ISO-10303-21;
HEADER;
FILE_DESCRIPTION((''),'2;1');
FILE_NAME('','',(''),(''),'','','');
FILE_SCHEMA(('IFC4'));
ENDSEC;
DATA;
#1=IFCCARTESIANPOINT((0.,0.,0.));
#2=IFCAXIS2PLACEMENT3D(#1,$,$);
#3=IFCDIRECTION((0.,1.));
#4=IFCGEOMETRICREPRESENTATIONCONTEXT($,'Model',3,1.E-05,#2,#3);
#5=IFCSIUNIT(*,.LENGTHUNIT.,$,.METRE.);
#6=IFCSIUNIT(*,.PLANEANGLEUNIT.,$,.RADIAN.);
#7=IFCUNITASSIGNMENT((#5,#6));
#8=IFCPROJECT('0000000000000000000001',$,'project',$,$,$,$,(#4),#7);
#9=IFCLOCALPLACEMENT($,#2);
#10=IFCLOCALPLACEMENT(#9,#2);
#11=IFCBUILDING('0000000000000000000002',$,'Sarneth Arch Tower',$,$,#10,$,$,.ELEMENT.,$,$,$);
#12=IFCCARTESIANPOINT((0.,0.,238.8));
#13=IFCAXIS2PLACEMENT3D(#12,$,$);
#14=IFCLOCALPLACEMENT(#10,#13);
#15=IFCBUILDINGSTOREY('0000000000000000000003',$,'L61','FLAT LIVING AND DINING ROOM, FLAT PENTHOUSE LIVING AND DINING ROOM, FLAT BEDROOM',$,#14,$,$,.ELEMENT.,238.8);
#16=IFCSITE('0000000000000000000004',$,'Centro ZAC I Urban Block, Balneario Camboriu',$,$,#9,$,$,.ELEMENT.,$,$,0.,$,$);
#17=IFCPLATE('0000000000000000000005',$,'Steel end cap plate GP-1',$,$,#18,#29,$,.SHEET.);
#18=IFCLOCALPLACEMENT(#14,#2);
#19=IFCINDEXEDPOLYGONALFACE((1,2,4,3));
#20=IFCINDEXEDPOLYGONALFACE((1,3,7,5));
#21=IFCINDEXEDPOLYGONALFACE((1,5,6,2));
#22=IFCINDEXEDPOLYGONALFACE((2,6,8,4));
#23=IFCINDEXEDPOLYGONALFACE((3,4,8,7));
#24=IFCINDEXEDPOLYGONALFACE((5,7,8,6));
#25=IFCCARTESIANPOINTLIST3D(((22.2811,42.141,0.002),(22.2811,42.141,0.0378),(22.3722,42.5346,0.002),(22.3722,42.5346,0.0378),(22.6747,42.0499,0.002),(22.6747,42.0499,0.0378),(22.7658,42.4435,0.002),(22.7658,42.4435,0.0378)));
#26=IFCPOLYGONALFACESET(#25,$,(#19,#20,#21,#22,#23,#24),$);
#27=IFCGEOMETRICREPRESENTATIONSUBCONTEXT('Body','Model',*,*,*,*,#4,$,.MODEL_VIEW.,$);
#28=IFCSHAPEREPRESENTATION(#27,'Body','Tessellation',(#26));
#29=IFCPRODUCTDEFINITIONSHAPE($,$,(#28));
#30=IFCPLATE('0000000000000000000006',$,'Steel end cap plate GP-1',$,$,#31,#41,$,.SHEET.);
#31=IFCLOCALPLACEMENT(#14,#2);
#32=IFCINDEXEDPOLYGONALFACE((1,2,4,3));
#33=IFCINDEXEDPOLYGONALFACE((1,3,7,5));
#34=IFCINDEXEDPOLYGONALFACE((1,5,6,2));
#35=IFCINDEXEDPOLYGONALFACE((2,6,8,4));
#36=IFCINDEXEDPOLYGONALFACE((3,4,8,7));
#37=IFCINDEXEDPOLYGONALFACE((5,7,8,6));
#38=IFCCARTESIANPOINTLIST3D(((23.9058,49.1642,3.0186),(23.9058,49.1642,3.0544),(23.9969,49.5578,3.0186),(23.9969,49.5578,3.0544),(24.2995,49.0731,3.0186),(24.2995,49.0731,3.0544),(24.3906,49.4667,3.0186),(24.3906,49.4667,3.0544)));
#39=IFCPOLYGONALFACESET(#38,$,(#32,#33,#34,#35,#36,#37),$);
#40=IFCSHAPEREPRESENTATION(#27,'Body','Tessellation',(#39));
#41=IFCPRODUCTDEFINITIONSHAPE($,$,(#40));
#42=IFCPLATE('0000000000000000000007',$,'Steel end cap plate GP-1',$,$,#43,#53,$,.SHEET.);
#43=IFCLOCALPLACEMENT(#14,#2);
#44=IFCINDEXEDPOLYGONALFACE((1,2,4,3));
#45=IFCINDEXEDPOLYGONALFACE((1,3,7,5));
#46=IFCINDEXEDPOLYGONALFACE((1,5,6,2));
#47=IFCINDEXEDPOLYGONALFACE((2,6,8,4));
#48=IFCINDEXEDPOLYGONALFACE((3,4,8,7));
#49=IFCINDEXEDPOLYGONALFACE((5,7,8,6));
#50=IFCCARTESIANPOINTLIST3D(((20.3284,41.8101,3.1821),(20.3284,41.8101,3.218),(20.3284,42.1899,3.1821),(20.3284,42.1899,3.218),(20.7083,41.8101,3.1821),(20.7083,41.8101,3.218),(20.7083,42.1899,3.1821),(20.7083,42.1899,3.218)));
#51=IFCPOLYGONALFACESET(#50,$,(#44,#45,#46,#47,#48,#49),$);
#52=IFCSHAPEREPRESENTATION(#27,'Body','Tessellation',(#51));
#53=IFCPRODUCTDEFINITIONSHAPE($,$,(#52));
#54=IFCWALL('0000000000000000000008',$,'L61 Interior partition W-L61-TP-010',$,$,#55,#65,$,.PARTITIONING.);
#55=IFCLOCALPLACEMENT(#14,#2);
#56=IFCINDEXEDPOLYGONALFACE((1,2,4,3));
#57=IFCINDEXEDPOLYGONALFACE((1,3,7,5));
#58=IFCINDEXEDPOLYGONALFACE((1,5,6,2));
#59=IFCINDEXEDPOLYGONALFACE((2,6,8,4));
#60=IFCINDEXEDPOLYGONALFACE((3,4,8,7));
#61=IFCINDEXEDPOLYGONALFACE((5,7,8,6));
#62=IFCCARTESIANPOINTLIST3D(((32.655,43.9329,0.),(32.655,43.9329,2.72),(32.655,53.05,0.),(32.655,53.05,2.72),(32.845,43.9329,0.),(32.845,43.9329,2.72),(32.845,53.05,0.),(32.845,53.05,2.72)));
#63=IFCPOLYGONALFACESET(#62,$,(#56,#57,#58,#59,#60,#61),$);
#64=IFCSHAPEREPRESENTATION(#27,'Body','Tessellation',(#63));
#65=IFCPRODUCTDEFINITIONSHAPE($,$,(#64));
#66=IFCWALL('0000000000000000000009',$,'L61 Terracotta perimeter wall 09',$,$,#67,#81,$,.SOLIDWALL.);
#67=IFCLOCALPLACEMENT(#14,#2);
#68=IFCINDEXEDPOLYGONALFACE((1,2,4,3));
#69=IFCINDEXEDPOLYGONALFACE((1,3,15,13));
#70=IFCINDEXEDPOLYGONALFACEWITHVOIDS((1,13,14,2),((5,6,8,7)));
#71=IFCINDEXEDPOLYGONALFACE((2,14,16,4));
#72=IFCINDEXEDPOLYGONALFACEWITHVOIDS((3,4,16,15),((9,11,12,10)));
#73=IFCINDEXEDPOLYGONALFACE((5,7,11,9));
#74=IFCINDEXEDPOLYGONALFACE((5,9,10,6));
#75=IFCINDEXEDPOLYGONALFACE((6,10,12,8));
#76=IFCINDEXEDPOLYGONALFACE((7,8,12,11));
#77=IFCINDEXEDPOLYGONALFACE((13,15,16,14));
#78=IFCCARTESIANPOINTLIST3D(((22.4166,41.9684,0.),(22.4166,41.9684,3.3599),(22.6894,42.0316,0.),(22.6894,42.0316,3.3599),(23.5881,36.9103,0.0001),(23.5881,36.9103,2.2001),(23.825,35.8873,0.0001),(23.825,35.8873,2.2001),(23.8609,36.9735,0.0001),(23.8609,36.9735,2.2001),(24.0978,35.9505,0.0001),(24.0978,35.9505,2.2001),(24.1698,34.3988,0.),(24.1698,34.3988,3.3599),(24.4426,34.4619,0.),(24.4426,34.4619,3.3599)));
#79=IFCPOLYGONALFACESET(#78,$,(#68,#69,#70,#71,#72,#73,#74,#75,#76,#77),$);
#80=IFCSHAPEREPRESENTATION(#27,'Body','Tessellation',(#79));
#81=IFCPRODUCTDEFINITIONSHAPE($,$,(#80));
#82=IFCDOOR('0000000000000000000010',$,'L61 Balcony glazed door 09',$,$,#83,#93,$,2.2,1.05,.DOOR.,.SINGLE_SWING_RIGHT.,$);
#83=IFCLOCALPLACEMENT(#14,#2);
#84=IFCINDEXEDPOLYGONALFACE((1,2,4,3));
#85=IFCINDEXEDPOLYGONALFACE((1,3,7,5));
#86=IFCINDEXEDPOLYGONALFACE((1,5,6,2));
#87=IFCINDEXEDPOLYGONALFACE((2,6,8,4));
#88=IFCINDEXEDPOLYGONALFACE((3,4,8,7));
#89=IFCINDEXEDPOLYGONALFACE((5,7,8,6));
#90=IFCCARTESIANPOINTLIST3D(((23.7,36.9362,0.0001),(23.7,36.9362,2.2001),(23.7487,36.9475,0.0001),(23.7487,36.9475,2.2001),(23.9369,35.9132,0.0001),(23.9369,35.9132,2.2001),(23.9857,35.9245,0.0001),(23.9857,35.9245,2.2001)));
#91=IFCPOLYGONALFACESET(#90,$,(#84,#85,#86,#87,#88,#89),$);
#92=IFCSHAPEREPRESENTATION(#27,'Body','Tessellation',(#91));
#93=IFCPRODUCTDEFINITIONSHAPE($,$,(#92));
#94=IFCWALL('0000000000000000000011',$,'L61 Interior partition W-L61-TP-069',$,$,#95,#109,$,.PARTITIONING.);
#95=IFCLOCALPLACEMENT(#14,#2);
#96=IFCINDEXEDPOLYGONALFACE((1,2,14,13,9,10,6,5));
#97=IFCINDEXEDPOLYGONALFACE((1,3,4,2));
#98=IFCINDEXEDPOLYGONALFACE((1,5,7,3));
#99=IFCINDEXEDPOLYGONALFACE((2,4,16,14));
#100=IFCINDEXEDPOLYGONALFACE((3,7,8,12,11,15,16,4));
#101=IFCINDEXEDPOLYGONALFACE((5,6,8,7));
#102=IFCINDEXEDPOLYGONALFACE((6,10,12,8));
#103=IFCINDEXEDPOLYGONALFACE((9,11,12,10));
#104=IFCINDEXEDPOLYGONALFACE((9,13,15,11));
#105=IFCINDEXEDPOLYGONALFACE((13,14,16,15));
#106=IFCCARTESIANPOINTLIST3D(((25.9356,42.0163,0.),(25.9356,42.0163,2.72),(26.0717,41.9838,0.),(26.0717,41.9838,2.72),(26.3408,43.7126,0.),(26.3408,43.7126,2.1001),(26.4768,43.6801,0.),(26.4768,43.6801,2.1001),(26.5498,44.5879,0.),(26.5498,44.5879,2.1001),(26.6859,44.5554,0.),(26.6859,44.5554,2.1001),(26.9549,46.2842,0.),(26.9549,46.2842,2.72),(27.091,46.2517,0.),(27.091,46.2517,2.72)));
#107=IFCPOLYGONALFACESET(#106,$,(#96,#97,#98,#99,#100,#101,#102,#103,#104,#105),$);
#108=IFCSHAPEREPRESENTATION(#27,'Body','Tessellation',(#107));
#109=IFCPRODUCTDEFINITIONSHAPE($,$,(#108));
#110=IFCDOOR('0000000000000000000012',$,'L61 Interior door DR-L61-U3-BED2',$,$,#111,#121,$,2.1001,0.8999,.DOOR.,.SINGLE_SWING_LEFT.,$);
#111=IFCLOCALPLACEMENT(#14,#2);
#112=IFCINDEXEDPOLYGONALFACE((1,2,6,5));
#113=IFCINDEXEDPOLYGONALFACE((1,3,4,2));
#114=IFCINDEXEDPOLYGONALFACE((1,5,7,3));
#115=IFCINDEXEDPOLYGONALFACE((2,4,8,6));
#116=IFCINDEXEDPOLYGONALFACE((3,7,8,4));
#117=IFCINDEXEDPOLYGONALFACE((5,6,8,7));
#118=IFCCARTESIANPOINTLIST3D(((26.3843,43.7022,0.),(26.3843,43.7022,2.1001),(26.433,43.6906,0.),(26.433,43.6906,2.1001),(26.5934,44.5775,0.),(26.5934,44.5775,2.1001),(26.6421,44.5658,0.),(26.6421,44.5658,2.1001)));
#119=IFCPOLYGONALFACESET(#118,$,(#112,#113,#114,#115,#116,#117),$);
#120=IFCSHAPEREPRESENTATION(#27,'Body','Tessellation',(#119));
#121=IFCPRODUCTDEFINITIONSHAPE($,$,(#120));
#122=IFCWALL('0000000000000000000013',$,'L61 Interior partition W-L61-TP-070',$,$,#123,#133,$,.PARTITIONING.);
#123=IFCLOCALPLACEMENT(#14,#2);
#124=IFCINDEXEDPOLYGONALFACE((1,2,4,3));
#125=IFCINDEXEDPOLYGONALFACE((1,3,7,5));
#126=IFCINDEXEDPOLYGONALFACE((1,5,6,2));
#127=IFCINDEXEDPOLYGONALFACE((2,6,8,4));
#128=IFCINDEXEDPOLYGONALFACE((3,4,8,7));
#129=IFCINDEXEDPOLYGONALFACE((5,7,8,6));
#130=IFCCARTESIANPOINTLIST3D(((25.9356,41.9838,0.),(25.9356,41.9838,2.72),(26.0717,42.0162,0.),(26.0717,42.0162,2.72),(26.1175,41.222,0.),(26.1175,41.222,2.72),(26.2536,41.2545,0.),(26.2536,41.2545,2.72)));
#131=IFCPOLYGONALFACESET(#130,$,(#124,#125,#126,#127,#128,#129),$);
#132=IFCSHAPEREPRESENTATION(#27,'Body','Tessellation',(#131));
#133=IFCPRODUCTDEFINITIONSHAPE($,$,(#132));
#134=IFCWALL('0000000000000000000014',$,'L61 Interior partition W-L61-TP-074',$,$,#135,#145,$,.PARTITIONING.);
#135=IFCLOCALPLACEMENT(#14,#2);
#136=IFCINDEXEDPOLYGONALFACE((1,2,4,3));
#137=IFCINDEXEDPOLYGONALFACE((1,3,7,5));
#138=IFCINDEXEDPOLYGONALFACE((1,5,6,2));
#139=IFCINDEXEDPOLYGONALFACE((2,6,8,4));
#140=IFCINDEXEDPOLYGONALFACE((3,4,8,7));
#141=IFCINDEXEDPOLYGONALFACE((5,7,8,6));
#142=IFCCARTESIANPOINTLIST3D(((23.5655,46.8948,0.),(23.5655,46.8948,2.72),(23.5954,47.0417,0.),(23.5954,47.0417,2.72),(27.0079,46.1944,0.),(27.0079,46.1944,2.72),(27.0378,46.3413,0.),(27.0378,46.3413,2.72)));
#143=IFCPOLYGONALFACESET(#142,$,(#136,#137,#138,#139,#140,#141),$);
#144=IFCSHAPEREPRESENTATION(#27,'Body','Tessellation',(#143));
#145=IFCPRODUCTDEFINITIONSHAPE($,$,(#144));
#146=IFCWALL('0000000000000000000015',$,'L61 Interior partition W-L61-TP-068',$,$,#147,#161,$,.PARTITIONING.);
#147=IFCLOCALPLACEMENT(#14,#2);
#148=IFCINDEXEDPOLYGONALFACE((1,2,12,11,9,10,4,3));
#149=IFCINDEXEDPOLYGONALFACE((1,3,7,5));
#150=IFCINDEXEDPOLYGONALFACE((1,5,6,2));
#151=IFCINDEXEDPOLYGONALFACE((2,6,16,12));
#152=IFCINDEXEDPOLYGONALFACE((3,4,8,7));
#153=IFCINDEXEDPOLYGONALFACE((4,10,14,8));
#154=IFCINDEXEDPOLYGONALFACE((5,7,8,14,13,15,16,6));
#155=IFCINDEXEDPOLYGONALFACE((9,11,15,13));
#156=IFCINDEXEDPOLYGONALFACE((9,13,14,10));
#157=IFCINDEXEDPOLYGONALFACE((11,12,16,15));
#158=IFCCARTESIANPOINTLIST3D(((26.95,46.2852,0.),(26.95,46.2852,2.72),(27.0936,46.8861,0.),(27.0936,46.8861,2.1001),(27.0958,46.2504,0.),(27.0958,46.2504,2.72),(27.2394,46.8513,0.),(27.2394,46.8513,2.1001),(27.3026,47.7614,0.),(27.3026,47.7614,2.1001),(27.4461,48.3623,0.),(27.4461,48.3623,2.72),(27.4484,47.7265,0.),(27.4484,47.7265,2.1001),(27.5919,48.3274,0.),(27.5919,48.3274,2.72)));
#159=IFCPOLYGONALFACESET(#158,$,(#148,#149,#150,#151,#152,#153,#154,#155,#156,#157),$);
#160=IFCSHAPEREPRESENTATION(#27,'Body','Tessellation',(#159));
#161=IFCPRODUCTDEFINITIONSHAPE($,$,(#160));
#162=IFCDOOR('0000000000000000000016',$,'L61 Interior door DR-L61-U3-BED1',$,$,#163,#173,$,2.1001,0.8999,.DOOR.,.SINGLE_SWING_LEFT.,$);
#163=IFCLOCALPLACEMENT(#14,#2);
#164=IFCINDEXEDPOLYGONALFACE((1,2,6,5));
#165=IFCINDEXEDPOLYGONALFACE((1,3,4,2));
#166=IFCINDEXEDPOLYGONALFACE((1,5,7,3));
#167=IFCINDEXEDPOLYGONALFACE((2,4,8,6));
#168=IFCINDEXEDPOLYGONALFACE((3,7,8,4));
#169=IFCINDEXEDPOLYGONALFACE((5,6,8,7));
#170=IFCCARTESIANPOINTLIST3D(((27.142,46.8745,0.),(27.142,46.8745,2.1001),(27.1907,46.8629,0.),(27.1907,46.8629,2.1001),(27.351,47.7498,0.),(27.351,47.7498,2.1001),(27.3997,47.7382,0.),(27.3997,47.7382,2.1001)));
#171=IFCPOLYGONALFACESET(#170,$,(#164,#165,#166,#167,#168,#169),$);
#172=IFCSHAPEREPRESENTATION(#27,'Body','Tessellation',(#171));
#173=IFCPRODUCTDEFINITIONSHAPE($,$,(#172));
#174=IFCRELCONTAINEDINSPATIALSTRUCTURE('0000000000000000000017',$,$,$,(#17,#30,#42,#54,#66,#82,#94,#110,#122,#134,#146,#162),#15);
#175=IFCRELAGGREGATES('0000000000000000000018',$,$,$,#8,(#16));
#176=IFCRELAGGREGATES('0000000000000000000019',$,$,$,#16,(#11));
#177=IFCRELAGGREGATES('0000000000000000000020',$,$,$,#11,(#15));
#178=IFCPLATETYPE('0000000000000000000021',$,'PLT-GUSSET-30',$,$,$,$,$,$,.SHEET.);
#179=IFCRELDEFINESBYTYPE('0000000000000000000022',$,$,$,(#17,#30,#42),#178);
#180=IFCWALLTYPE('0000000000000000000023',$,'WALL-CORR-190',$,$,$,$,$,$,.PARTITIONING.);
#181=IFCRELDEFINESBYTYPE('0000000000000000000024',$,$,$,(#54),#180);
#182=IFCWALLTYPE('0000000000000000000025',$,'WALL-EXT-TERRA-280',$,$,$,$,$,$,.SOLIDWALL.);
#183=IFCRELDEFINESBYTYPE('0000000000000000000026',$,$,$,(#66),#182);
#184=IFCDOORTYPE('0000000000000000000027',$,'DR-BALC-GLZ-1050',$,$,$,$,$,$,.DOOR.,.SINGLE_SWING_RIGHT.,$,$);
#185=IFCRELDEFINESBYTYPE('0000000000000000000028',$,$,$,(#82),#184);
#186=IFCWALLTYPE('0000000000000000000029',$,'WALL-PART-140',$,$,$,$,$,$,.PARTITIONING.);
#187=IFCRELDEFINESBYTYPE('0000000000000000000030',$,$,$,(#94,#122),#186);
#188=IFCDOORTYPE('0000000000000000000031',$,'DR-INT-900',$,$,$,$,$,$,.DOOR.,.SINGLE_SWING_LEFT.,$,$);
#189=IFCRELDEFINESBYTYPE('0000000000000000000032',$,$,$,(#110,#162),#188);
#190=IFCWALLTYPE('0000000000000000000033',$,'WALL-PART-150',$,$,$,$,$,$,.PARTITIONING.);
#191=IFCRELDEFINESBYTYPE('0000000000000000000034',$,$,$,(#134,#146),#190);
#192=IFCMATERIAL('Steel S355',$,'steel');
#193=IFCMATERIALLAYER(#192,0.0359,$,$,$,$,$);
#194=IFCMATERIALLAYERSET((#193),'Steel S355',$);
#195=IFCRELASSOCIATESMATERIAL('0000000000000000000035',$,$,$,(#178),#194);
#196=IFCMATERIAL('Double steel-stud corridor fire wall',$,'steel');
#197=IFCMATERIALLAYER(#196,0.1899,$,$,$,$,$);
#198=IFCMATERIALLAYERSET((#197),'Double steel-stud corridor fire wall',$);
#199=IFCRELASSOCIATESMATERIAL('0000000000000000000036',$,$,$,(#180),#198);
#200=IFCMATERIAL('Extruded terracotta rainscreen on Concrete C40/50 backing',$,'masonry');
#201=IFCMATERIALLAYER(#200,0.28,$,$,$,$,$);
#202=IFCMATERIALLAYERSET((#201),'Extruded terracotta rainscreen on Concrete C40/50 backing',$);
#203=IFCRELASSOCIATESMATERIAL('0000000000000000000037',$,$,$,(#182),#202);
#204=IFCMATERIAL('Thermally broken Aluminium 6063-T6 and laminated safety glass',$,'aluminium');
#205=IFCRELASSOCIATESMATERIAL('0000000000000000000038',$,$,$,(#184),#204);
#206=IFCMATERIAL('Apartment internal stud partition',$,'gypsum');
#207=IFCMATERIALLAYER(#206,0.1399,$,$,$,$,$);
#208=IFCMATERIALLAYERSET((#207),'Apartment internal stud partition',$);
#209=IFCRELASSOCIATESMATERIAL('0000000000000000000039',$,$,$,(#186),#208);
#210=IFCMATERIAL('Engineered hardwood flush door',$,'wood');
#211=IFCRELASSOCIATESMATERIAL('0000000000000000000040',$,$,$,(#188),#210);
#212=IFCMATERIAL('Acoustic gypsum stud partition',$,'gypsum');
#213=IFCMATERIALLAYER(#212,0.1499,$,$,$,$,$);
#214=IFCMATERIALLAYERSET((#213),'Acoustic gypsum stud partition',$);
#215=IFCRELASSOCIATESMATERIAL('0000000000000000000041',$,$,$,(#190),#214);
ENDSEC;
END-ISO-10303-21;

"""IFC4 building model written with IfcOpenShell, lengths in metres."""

from ifc_helpers import new_model, si_unit, direction, frame, frame_2d, origin, origin_2d, place, context, subcontext, project, spatial, rectangle, extrude, material, layer, layer_set, type_object, element, fill, save


model = new_model("IFC4")

# Units and contexts
model_context = context("Model", 3, precision=1e-05, world=origin(), true_north=direction((0.0, 1.0)))
body_context = subcontext(model_context, "Body", "Model", "MODEL_VIEW")
ifc_project = project(units=[si_unit("LENGTHUNIT", "METRE"), si_unit("PLANEANGLEUNIT", "RADIAN")], contexts=[model_context])

# Site, building, storey
site_placement = place(None, origin())
site = spatial("IfcSite", under=ifc_project, at=site_placement, Name="Centro ZAC I Urban Block, Balneario Camboriu", CompositionType="ELEMENT", RefElevation=0.0)
building_placement = place(site_placement, origin())
building = spatial("IfcBuilding", under=site, at=building_placement, Name="Sarneth Arch Tower", CompositionType="ELEMENT")
storey_placement = place(building_placement, frame((0.0, 0.0, 238.8)))
storey = spatial("IfcBuildingStorey", under=building, at=storey_placement, Name="L61", Description="FLAT LIVING AND DINING ROOM, FLAT PENTHOUSE LIVING AND DINING ROOM, FLAT BEDROOM", CompositionType="ELEMENT", Elevation=238.8)

# Plates
ifc_material_1 = material(Name="Steel S355", Category="steel")
ifc_layer_1 = layer(ifc_material_1, 0.0359)
ifc_layer_set_1 = layer_set([ifc_layer_1], Name="Steel S355")
plate_type = type_object("IfcPlateType", Name="PLT-GUSSET-30", PredefinedType="SHEET", material=ifc_layer_set_1)
for number, where, z_axis, x_axis, name in (
    (1, (22.5234, 42.2922, 0.002), (0.0, 0.0, 1.0), (-0.225461, -0.974252, 0.0), "Steel end cap plate GP-1"),
    (2, (24.1482, 49.3154, 3.0186), (0.0, 0.0, 1.0), (-0.225461, -0.974252, 0.0), "Steel end cap plate GP-1"),
):
    element("IfcPlate", number, at=place(storey_placement, frame(where, z_axis=z_axis, x_axis=x_axis)), inside=storey, type_object=plate_type, Name=name, PredefinedType="SHEET", context=body_context, shape_type="SweptSolid", body=[
        extrude(rectangle(XDim=0.4041, YDim=0.4041, at=origin_2d()), origin(), (0.0, 0.0, 1.0), 0.0359),
    ])
plate_placement = place(storey_placement, frame((20.5183, 42.0, 3.1821), z_axis=(0.0, 0.0, 1.0), x_axis=(-1.0, 0.0, 0.0)))
element("IfcPlate", 3, at=plate_placement, inside=storey, type_object=plate_type, Name="Steel end cap plate GP-1", PredefinedType="SHEET", context=body_context, shape_type="SweptSolid", body=[
    extrude(rectangle(XDim=0.3799, YDim=0.3799, at=origin_2d()), origin(), (0.0, 0.0, 1.0), 0.0359),
])

# Wall
ifc_material_2 = material(Name="Double steel-stud corridor fire wall", Category="steel")
ifc_layer_2 = layer(ifc_material_2, 0.1899)
ifc_layer_set_2 = layer_set([ifc_layer_2], Name="Double steel-stud corridor fire wall")
wall_type_1 = type_object("IfcWallType", Name="WALL-CORR-190", PredefinedType="PARTITIONING", material=ifc_layer_set_2)
wall_1_placement = place(storey_placement, frame((32.75, 43.9329, 0.0), z_axis=(0.0, 0.0, 1.0), x_axis=(0.0, 1.0, 0.0)))
element("IfcWall", 4, at=wall_1_placement, inside=storey, type_object=wall_type_1, Name="L61 Interior partition W-L61-TP-010", PredefinedType="PARTITIONING", context=body_context, shape_type="SweptSolid", body=[
    extrude(rectangle(XDim=9.1172, YDim=0.1899, at=frame_2d((4.5586, 0.0))), origin(), (0.0, 0.0, 1.0), 2.72),
])

# Walls, openings, doors
ifc_material_3 = material(Name="Extruded terracotta rainscreen on Concrete C40/50 backing", Category="masonry")
ifc_layer_3 = layer(ifc_material_3, 0.28)
ifc_layer_set_3 = layer_set([ifc_layer_3], Name="Extruded terracotta rainscreen on Concrete C40/50 backing")
wall_type_2 = type_object("IfcWallType", Name="WALL-EXT-TERRA-280", PredefinedType="SOLIDWALL", material=ifc_layer_set_3)
wall_2_placement = place(storey_placement, frame((22.553, 42.0, 0.0), z_axis=(0.0, 0.0, 1.0), x_axis=(0.225635, -0.974212, 0.0)))
wall_2 = element("IfcWall", 5, at=wall_2_placement, inside=storey, type_object=wall_type_2, Name="L61 Terracotta perimeter wall 09", PredefinedType="SOLIDWALL", context=body_context, shape_type="SweptSolid", body=[
    extrude(rectangle(XDim=7.77, YDim=0.28, at=frame_2d((3.885, 0.0))), origin(), (0.0, 0.0, 1.0), 3.3599),
])
opening_1_placement = place(wall_2_placement, frame((5.1921, 0.0, 0.0)))
opening_1 = element("IfcOpeningElement", 6, at=opening_1_placement, cuts=wall_2, PredefinedType="OPENING", context=body_context, shape_type="SweptSolid", body=[
    extrude(rectangle(XDim=1.05, YDim=2.2, at=frame_2d((0.5249, 1.1001))), frame((0.0, 0.1499, 0.0), z_axis=(0.0, -1.0, 0.0), x_axis=(1.0, 0.0, 0.0)), (0.0, 0.0, 1.0), 0.3),
])
ifc_material_4 = material(Name="Thermally broken Aluminium 6063-T6 and laminated safety glass", Category="aluminium")
door_type_1 = type_object("IfcDoorType", Name="DR-BALC-GLZ-1050", OperationType="SINGLE_SWING_RIGHT", PredefinedType="DOOR", material=ifc_material_4)
door_1_placement = place(opening_1_placement, origin())
door_1 = element("IfcDoor", 7, at=door_1_placement, inside=storey, type_object=door_type_1, Name="L61 Balcony glazed door 09", OperationType="SINGLE_SWING_RIGHT", OverallHeight=2.2, OverallWidth=1.05, PredefinedType="DOOR", context=body_context, shape_type="SweptSolid", body=[
    extrude(rectangle(XDim=1.05, YDim=2.2, at=frame_2d((0.5249, 1.1001))), frame((0.0, 0.0249, 0.0), z_axis=(0.0, -1.0, 0.0), x_axis=(1.0, 0.0, 0.0)), (0.0, 0.0, 1.0), 0.05),
])
fill(opening_1, door_1)
ifc_material_5 = material(Name="Apartment internal stud partition", Category="gypsum")
ifc_layer_4 = layer(ifc_material_5, 0.1399)
ifc_layer_set_4 = layer_set([ifc_layer_4], Name="Apartment internal stud partition")
wall_type_3 = type_object("IfcWallType", Name="WALL-PART-140", PredefinedType="PARTITIONING", material=ifc_layer_set_4)
wall_3_placement = place(storey_placement, frame((27.0229, 46.2678, 0.0), z_axis=(0.0, 0.0, 1.0), x_axis=(-0.232297, -0.972645, 0.0)))
wall_3 = element("IfcWall", 8, at=wall_3_placement, inside=storey, type_object=wall_type_3, Name="L61 Interior partition W-L61-TP-069", PredefinedType="PARTITIONING", context=body_context, shape_type="SweptSolid", body=[
    extrude(rectangle(XDim=4.3879, YDim=0.1399, at=frame_2d((2.1938, 0.0))), origin(), (0.0, 0.0, 1.0), 2.72),
])
opening_2_placement = place(wall_3_placement, frame((1.7439, 0.0, 0.0)))
opening_2 = element("IfcOpeningElement", 9, at=opening_2_placement, cuts=wall_3, PredefinedType="OPENING", context=body_context, shape_type="SweptSolid", body=[
    extrude(rectangle(XDim=0.8999, YDim=2.1001, at=frame_2d((0.45, 1.05))), frame((0.0, 0.0798, 0.0), z_axis=(0.0, -1.0, 0.0), x_axis=(1.0, 0.0, 0.0)), (0.0, 0.0, 1.0), 0.1599),
])
ifc_material_6 = material(Name="Engineered hardwood flush door", Category="wood")
door_type_2 = type_object("IfcDoorType", Name="DR-INT-900", OperationType="SINGLE_SWING_LEFT", PredefinedType="DOOR", material=ifc_material_6)
door_2_placement = place(opening_2_placement, origin())
door_2 = element("IfcDoor", 10, at=door_2_placement, inside=storey, type_object=door_type_2, Name="L61 Interior door DR-L61-U3-BED2", OperationType="SINGLE_SWING_LEFT", OverallHeight=2.1001, OverallWidth=0.8999, PredefinedType="DOOR", context=body_context, shape_type="SweptSolid", body=[
    extrude(rectangle(XDim=0.8999, YDim=2.1001, at=frame_2d((0.45, 1.05))), frame((0.0, 0.0249, 0.0), z_axis=(0.0, -1.0, 0.0), x_axis=(1.0, 0.0, 0.0)), (0.0, 0.0, 1.0), 0.05),
])
fill(opening_2, door_2)

# Walls
wall_4_placement = place(storey_placement, frame((26.0037, 42.0, 0.0), z_axis=(0.0, 0.0, 1.0), x_axis=(0.232253, -0.972655, 0.0)))
element("IfcWall", 11, at=wall_4_placement, inside=storey, type_object=wall_type_3, Name="L61 Interior partition W-L61-TP-070", PredefinedType="PARTITIONING", context=body_context, shape_type="SweptSolid", body=[
    extrude(rectangle(XDim=0.7832, YDim=0.1399, at=frame_2d((0.3916, 0.0))), origin(), (0.0, 0.0, 1.0), 2.72),
])
ifc_material_7 = material(Name="Acoustic gypsum stud partition", Category="gypsum")
ifc_layer_5 = layer(ifc_material_7, 0.1499)
ifc_layer_set_5 = layer_set([ifc_layer_5], Name="Acoustic gypsum stud partition")
wall_type_4 = type_object("IfcWallType", Name="WALL-PART-150", PredefinedType="PARTITIONING", material=ifc_layer_set_5)
wall_5_placement = place(storey_placement, frame((23.5806, 46.9683, 0.0), z_axis=(0.0, 0.0, 1.0), x_axis=(0.97992, -0.199389, 0.0)))
element("IfcWall", 12, at=wall_5_placement, inside=storey, type_object=wall_type_4, Name="L61 Interior partition W-L61-TP-074", PredefinedType="PARTITIONING", context=body_context, shape_type="SweptSolid", body=[
    extrude(rectangle(XDim=3.5129, YDim=0.1499, at=frame_2d((1.7563, 0.0))), origin(), (0.0, 0.0, 1.0), 2.72),
])

# Wall, opening, door
wall_6_placement = place(storey_placement, frame((27.519, 48.345, 0.0), z_axis=(0.0, 0.0, 1.0), x_axis=(-0.232301, -0.972644, 0.0)))
wall_6 = element("IfcWall", 13, at=wall_6_placement, inside=storey, type_object=wall_type_4, Name="L61 Interior partition W-L61-TP-068", PredefinedType="PARTITIONING", context=body_context, shape_type="SweptSolid", body=[
    extrude(rectangle(XDim=2.1355, YDim=0.1499, at=frame_2d((1.0679, 0.0))), origin(), (0.0, 0.0, 1.0), 2.72),
])
opening_3_placement = place(wall_6_placement, frame((0.6179, 0.0, 0.0)))
opening_3 = element("IfcOpeningElement", 14, at=opening_3_placement, cuts=wall_6, PredefinedType="OPENING", context=body_context, shape_type="SweptSolid", body=[
    extrude(rectangle(XDim=0.8999, YDim=2.1001, at=frame_2d((0.45, 1.05))), frame((0.0, 0.085, 0.0), z_axis=(0.0, -1.0, 0.0), x_axis=(1.0, 0.0, 0.0)), (0.0, 0.0, 1.0), 0.1699),
])
door_3_placement = place(opening_3_placement, origin())
door_3 = element("IfcDoor", 15, at=door_3_placement, inside=storey, type_object=door_type_2, Name="L61 Interior door DR-L61-U3-BED1", OperationType="SINGLE_SWING_LEFT", OverallHeight=2.1001, OverallWidth=0.8999, PredefinedType="DOOR", context=body_context, shape_type="SweptSolid", body=[
    extrude(rectangle(XDim=0.8999, YDim=2.1001, at=frame_2d((0.45, 1.05))), frame((0.0, 0.0249, 0.0), z_axis=(0.0, -1.0, 0.0), x_axis=(1.0, 0.0, 0.0)), (0.0, 0.0, 1.0), 0.05),
])
fill(opening_3, door_3)

save(model, "model.ifc")
